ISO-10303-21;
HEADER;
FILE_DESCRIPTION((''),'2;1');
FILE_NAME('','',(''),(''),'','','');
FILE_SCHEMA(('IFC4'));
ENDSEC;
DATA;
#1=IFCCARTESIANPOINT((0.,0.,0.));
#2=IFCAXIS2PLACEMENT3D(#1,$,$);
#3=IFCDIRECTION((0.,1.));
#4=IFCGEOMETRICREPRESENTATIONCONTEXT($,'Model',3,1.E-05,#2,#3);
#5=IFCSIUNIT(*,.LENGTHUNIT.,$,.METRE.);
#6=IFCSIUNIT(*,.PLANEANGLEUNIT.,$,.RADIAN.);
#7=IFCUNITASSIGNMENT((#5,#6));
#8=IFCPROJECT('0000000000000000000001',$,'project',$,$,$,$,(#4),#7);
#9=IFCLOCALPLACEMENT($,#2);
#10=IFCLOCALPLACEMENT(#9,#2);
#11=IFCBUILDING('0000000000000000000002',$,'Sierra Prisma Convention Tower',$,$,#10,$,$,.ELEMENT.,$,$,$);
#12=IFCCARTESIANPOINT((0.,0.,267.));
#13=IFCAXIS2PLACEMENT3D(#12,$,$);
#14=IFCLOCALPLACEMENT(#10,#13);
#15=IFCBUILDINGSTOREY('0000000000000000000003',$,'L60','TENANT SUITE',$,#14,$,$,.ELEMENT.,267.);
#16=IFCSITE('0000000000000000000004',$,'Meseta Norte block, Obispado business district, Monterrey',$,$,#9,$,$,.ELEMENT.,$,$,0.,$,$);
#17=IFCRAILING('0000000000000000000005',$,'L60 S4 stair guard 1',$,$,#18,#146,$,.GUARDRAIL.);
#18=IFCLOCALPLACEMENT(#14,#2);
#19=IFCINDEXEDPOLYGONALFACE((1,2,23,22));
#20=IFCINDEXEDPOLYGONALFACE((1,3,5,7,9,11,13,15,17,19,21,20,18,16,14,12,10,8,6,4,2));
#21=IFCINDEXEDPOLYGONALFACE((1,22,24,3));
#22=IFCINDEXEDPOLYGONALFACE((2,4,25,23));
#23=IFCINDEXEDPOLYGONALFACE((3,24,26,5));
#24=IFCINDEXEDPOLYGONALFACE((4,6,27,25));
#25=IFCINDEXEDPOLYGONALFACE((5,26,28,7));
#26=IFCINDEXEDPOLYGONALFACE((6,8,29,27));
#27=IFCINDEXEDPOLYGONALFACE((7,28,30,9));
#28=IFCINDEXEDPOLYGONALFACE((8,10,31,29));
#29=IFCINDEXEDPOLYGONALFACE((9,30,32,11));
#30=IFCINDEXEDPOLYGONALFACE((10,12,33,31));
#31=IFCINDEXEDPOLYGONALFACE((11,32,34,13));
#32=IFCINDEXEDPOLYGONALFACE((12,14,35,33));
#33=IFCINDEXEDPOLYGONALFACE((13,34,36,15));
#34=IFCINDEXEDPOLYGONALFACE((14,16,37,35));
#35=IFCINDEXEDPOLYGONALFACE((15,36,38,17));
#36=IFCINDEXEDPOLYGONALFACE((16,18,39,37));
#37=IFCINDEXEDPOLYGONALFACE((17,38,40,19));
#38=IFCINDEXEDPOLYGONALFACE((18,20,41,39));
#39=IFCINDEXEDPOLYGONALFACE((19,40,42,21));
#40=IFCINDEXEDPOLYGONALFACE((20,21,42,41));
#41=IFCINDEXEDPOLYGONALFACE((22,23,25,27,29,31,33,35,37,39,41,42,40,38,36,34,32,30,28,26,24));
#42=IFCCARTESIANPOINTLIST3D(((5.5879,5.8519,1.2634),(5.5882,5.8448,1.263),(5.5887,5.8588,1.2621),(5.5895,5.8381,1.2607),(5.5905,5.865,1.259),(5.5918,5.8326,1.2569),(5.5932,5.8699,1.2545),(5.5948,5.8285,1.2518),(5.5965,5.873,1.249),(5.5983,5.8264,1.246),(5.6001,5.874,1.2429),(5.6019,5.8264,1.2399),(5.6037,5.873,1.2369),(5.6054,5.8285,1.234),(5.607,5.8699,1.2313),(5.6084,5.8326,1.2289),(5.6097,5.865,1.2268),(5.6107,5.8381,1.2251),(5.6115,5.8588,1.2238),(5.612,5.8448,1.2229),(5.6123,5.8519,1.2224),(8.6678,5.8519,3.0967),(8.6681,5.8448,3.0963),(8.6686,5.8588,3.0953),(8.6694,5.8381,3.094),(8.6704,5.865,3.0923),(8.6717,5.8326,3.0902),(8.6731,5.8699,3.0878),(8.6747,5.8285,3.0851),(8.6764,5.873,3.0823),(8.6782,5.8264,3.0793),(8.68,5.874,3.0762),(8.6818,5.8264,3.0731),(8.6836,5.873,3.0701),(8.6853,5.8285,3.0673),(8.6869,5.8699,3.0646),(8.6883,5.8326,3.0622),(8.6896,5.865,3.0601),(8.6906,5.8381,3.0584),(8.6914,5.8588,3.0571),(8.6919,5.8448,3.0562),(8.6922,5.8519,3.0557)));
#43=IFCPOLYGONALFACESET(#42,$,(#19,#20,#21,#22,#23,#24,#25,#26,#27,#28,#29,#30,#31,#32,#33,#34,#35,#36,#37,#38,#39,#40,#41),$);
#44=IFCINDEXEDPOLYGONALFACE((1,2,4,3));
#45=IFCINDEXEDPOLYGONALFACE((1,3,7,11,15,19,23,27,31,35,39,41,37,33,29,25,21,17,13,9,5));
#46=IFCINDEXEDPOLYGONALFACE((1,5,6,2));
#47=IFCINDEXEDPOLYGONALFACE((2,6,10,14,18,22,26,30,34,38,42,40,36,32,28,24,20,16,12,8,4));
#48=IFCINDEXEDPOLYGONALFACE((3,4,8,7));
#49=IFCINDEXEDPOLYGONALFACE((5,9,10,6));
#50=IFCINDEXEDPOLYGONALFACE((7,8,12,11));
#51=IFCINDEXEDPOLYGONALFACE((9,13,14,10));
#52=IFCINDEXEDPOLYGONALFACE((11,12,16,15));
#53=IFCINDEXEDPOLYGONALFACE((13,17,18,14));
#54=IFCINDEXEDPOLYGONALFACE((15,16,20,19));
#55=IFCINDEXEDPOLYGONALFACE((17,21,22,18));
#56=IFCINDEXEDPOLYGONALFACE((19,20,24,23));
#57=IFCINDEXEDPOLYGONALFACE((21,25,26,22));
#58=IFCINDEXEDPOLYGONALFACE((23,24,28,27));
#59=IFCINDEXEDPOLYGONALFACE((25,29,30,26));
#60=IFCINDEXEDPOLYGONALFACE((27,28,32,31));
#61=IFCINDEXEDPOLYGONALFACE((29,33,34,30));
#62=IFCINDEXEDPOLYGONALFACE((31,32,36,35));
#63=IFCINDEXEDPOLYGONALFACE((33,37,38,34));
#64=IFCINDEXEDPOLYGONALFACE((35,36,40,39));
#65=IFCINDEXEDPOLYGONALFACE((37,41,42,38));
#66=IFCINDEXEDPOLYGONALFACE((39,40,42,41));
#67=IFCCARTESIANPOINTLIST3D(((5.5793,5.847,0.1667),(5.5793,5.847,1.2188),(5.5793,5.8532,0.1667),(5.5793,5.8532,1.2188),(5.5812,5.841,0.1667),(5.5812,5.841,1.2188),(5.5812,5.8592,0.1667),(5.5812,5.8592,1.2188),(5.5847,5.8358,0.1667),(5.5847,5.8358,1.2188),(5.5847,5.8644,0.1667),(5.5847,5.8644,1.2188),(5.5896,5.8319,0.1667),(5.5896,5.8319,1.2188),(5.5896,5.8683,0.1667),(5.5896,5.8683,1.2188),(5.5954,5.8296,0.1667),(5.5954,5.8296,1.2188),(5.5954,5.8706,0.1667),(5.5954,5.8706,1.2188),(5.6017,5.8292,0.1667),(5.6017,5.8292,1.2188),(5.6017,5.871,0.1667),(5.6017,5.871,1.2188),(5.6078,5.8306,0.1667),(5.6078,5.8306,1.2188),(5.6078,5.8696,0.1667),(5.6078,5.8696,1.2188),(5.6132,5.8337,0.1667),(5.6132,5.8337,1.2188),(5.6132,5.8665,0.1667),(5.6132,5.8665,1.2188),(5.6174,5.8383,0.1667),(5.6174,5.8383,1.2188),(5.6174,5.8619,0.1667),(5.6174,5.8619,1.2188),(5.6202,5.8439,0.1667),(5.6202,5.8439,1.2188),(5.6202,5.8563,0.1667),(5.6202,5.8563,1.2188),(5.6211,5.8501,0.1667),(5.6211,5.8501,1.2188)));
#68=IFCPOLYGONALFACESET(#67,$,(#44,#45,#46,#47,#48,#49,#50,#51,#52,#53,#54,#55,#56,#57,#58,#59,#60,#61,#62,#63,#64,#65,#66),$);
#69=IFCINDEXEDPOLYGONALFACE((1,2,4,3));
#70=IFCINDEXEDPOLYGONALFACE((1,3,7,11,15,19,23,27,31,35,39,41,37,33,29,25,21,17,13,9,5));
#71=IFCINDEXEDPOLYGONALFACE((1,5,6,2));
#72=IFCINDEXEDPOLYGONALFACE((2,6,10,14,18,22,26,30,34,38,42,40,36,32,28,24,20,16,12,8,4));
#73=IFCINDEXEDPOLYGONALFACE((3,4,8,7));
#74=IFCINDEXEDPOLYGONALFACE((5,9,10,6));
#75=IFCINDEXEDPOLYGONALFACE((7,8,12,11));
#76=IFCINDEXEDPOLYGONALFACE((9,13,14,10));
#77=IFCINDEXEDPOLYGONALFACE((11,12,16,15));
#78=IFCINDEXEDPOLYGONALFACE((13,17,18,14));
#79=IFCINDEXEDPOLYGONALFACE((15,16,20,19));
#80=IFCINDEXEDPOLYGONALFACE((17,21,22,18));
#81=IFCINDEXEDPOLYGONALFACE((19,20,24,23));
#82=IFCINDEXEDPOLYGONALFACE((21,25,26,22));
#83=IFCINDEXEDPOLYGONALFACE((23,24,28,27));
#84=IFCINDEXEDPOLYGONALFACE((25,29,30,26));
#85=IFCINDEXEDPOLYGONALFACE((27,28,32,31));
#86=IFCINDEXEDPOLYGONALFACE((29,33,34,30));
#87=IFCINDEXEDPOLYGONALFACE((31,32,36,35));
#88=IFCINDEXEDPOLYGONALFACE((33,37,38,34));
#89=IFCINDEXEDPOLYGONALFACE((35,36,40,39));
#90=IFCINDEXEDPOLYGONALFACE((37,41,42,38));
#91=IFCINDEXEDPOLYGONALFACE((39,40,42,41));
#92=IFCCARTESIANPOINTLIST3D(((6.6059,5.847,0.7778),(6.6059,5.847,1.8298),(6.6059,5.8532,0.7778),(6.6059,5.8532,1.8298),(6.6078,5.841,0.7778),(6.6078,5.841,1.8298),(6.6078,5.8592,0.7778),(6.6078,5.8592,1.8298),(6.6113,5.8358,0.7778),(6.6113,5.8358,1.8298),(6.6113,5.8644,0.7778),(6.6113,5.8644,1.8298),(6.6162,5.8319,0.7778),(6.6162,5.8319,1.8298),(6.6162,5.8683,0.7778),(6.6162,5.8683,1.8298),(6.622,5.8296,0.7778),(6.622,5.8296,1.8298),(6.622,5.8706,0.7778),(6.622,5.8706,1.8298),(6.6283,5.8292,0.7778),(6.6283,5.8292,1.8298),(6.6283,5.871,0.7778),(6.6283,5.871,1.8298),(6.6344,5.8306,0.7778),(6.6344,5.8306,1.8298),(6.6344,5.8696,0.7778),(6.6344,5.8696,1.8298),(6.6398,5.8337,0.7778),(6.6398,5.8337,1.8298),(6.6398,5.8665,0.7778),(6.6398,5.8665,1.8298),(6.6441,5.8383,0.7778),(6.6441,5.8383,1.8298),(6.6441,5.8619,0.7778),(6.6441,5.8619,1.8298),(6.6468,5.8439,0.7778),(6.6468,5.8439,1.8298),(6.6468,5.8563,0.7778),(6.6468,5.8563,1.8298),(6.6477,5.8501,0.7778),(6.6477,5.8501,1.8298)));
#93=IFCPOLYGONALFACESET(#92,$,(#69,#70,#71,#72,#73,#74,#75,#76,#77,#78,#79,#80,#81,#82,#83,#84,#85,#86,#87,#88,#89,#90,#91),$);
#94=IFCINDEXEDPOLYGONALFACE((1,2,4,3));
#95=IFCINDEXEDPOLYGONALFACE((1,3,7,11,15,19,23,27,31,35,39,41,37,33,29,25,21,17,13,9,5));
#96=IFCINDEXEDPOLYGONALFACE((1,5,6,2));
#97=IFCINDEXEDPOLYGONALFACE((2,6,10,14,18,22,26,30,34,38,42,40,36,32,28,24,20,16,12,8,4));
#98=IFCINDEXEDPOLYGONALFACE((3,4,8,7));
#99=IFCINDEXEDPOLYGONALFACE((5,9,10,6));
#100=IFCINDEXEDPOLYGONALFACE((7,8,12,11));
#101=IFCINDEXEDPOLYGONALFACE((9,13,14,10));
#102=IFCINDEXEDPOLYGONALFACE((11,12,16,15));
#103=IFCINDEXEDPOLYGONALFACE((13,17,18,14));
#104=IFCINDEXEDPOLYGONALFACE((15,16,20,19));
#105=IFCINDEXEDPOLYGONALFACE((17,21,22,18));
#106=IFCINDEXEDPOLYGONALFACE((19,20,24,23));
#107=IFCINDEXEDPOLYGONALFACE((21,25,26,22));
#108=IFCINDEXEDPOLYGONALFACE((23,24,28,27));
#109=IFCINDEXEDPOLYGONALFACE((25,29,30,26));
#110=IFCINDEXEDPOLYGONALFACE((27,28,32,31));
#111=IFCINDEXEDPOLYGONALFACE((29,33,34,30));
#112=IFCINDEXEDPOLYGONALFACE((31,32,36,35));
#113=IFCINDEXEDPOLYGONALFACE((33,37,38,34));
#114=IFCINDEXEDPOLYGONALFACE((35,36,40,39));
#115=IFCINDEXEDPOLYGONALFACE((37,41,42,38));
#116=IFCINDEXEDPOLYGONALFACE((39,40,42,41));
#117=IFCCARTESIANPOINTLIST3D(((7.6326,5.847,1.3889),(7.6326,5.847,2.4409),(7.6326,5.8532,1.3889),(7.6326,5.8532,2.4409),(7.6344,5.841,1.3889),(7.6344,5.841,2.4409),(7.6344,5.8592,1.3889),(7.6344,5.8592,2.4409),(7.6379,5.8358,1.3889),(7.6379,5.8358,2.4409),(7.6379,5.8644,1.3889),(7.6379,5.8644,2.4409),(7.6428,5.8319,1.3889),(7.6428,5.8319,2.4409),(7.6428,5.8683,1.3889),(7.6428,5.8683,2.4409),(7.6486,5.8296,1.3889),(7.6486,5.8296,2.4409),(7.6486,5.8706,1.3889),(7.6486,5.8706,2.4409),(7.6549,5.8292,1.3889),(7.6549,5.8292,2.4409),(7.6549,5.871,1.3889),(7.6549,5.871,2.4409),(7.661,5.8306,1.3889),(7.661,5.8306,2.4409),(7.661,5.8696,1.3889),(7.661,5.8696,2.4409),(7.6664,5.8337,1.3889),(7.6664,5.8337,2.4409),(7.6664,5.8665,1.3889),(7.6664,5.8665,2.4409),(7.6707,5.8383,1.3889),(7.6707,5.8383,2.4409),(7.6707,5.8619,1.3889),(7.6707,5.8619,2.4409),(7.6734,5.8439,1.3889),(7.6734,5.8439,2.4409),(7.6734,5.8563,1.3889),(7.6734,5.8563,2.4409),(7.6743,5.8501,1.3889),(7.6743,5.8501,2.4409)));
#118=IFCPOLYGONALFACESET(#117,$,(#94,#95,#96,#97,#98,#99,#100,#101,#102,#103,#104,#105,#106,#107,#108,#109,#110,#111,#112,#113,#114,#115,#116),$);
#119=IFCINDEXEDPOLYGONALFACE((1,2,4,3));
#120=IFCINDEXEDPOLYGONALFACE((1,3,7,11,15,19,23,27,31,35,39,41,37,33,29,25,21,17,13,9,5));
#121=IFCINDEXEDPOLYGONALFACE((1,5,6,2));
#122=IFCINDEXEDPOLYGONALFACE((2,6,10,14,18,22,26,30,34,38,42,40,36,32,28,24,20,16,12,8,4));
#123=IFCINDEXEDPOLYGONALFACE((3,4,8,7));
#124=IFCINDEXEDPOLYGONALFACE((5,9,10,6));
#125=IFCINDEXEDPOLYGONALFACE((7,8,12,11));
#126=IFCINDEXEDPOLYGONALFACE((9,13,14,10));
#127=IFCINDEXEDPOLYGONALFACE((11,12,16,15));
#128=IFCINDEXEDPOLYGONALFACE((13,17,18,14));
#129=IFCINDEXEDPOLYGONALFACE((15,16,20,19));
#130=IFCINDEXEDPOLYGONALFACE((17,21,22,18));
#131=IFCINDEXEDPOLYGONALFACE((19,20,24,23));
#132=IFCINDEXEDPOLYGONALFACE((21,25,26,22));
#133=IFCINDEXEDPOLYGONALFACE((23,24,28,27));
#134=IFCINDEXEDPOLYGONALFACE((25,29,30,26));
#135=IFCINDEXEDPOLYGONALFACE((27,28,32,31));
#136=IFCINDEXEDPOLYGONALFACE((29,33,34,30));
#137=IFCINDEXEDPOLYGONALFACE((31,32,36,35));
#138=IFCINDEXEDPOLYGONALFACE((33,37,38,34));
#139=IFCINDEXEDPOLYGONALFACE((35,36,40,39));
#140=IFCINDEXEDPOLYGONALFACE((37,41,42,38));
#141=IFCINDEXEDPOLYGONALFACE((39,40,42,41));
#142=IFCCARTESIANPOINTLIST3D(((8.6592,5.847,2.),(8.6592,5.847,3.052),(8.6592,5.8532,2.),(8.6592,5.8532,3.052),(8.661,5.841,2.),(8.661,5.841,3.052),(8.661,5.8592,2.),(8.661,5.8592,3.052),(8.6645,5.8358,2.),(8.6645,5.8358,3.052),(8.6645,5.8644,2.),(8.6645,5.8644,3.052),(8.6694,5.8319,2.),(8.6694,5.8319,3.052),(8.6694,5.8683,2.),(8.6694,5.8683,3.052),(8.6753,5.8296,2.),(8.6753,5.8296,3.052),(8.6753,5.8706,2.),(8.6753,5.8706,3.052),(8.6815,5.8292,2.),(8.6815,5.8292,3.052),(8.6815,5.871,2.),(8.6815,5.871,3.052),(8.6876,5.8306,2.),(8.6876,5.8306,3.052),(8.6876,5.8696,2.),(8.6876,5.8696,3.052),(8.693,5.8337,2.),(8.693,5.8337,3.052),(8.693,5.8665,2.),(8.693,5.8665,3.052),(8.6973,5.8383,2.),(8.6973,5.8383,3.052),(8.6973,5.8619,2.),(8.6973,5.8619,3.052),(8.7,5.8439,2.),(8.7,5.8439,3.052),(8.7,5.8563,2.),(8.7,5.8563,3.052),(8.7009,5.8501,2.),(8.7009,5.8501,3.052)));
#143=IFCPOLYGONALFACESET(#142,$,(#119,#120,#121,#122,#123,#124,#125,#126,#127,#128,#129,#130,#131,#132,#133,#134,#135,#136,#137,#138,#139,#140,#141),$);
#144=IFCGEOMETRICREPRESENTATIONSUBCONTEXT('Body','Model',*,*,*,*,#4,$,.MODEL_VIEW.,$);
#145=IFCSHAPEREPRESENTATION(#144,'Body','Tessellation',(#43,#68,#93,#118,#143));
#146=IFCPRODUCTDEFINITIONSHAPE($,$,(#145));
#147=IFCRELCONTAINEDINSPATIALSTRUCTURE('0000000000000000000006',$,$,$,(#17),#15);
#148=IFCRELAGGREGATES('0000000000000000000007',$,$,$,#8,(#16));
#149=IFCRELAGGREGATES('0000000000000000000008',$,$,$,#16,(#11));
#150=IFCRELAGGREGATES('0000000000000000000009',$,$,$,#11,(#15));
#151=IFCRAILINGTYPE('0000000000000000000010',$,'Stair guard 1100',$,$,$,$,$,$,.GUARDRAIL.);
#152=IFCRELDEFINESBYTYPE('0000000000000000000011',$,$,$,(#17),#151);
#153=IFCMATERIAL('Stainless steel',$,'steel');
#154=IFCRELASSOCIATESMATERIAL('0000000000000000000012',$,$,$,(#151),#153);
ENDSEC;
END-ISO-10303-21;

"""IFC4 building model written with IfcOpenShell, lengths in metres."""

from ifc_helpers import new_model, si_unit, direction, frame, origin, origin_2d, place, context, subcontext, project, spatial, circle, extrude, material, type_object, element, save


model = new_model("IFC4")

# Units and contexts
model_context = context("Model", 3, precision=1e-05, world=origin(), true_north=direction((0.0, 1.0)))
body_context = subcontext(model_context, "Body", "Model", "MODEL_VIEW")
ifc_project = project(units=[si_unit("LENGTHUNIT", "METRE"), si_unit("PLANEANGLEUNIT", "RADIAN")], contexts=[model_context])

# Site, building, storey
site_placement = place(None, origin())
site = spatial("IfcSite", under=ifc_project, at=site_placement, Name="Meseta Norte block, Obispado business district, Monterrey", CompositionType="ELEMENT", RefElevation=0.0)
building_placement = place(site_placement, origin())
building = spatial("IfcBuilding", under=site, at=building_placement, Name="Sierra Prisma Convention Tower", CompositionType="ELEMENT")
storey_placement = place(building_placement, frame((0.0, 0.0, 267.0)))
storey = spatial("IfcBuildingStorey", under=building, at=storey_placement, Name="L60", Description="TENANT SUITE", CompositionType="ELEMENT", Elevation=267.0)

# Railing
ifc_material_1 = material(Name="Stainless steel", Category="steel")
railing_type_1 = type_object("IfcRailingType", Name="Stair guard 1100", PredefinedType="GUARDRAIL", material=ifc_material_1)
railing_1_placement = place(storey_placement, frame((5.6001, 5.8501, 0.1667)))
element("IfcRailing", 1, at=railing_1_placement, inside=storey, type_object=railing_type_1, Name="L60 S4 stair guard 1", PredefinedType="GUARDRAIL", context=body_context, shape_type="SweptSolid", body=[
    extrude(circle(Radius=0.0239, at=origin_2d()), frame((0.0, 0.0, 1.0762), z_axis=(0.859291, 0.0, 0.511487), x_axis=(0.0, 1.0, 0.0)), (0.0, 0.0, 1.0), 3.5842),
    extrude(circle(Radius=0.021, at=origin_2d()), origin(), (0.0, 0.0, 1.0), 1.052),
    extrude(circle(Radius=0.021, at=origin_2d()), frame((1.0266, 0.0, 0.6111)), (0.0, 0.0, 1.0), 1.052),
    extrude(circle(Radius=0.021, at=origin_2d()), frame((2.0532, 0.0, 1.2222)), (0.0, 0.0, 1.0), 1.052),
    extrude(circle(Radius=0.021, at=origin_2d()), frame((3.0798, 0.0, 1.8333)), (0.0, 0.0, 1.0), 1.052),
])

save(model, "model.ifc")
